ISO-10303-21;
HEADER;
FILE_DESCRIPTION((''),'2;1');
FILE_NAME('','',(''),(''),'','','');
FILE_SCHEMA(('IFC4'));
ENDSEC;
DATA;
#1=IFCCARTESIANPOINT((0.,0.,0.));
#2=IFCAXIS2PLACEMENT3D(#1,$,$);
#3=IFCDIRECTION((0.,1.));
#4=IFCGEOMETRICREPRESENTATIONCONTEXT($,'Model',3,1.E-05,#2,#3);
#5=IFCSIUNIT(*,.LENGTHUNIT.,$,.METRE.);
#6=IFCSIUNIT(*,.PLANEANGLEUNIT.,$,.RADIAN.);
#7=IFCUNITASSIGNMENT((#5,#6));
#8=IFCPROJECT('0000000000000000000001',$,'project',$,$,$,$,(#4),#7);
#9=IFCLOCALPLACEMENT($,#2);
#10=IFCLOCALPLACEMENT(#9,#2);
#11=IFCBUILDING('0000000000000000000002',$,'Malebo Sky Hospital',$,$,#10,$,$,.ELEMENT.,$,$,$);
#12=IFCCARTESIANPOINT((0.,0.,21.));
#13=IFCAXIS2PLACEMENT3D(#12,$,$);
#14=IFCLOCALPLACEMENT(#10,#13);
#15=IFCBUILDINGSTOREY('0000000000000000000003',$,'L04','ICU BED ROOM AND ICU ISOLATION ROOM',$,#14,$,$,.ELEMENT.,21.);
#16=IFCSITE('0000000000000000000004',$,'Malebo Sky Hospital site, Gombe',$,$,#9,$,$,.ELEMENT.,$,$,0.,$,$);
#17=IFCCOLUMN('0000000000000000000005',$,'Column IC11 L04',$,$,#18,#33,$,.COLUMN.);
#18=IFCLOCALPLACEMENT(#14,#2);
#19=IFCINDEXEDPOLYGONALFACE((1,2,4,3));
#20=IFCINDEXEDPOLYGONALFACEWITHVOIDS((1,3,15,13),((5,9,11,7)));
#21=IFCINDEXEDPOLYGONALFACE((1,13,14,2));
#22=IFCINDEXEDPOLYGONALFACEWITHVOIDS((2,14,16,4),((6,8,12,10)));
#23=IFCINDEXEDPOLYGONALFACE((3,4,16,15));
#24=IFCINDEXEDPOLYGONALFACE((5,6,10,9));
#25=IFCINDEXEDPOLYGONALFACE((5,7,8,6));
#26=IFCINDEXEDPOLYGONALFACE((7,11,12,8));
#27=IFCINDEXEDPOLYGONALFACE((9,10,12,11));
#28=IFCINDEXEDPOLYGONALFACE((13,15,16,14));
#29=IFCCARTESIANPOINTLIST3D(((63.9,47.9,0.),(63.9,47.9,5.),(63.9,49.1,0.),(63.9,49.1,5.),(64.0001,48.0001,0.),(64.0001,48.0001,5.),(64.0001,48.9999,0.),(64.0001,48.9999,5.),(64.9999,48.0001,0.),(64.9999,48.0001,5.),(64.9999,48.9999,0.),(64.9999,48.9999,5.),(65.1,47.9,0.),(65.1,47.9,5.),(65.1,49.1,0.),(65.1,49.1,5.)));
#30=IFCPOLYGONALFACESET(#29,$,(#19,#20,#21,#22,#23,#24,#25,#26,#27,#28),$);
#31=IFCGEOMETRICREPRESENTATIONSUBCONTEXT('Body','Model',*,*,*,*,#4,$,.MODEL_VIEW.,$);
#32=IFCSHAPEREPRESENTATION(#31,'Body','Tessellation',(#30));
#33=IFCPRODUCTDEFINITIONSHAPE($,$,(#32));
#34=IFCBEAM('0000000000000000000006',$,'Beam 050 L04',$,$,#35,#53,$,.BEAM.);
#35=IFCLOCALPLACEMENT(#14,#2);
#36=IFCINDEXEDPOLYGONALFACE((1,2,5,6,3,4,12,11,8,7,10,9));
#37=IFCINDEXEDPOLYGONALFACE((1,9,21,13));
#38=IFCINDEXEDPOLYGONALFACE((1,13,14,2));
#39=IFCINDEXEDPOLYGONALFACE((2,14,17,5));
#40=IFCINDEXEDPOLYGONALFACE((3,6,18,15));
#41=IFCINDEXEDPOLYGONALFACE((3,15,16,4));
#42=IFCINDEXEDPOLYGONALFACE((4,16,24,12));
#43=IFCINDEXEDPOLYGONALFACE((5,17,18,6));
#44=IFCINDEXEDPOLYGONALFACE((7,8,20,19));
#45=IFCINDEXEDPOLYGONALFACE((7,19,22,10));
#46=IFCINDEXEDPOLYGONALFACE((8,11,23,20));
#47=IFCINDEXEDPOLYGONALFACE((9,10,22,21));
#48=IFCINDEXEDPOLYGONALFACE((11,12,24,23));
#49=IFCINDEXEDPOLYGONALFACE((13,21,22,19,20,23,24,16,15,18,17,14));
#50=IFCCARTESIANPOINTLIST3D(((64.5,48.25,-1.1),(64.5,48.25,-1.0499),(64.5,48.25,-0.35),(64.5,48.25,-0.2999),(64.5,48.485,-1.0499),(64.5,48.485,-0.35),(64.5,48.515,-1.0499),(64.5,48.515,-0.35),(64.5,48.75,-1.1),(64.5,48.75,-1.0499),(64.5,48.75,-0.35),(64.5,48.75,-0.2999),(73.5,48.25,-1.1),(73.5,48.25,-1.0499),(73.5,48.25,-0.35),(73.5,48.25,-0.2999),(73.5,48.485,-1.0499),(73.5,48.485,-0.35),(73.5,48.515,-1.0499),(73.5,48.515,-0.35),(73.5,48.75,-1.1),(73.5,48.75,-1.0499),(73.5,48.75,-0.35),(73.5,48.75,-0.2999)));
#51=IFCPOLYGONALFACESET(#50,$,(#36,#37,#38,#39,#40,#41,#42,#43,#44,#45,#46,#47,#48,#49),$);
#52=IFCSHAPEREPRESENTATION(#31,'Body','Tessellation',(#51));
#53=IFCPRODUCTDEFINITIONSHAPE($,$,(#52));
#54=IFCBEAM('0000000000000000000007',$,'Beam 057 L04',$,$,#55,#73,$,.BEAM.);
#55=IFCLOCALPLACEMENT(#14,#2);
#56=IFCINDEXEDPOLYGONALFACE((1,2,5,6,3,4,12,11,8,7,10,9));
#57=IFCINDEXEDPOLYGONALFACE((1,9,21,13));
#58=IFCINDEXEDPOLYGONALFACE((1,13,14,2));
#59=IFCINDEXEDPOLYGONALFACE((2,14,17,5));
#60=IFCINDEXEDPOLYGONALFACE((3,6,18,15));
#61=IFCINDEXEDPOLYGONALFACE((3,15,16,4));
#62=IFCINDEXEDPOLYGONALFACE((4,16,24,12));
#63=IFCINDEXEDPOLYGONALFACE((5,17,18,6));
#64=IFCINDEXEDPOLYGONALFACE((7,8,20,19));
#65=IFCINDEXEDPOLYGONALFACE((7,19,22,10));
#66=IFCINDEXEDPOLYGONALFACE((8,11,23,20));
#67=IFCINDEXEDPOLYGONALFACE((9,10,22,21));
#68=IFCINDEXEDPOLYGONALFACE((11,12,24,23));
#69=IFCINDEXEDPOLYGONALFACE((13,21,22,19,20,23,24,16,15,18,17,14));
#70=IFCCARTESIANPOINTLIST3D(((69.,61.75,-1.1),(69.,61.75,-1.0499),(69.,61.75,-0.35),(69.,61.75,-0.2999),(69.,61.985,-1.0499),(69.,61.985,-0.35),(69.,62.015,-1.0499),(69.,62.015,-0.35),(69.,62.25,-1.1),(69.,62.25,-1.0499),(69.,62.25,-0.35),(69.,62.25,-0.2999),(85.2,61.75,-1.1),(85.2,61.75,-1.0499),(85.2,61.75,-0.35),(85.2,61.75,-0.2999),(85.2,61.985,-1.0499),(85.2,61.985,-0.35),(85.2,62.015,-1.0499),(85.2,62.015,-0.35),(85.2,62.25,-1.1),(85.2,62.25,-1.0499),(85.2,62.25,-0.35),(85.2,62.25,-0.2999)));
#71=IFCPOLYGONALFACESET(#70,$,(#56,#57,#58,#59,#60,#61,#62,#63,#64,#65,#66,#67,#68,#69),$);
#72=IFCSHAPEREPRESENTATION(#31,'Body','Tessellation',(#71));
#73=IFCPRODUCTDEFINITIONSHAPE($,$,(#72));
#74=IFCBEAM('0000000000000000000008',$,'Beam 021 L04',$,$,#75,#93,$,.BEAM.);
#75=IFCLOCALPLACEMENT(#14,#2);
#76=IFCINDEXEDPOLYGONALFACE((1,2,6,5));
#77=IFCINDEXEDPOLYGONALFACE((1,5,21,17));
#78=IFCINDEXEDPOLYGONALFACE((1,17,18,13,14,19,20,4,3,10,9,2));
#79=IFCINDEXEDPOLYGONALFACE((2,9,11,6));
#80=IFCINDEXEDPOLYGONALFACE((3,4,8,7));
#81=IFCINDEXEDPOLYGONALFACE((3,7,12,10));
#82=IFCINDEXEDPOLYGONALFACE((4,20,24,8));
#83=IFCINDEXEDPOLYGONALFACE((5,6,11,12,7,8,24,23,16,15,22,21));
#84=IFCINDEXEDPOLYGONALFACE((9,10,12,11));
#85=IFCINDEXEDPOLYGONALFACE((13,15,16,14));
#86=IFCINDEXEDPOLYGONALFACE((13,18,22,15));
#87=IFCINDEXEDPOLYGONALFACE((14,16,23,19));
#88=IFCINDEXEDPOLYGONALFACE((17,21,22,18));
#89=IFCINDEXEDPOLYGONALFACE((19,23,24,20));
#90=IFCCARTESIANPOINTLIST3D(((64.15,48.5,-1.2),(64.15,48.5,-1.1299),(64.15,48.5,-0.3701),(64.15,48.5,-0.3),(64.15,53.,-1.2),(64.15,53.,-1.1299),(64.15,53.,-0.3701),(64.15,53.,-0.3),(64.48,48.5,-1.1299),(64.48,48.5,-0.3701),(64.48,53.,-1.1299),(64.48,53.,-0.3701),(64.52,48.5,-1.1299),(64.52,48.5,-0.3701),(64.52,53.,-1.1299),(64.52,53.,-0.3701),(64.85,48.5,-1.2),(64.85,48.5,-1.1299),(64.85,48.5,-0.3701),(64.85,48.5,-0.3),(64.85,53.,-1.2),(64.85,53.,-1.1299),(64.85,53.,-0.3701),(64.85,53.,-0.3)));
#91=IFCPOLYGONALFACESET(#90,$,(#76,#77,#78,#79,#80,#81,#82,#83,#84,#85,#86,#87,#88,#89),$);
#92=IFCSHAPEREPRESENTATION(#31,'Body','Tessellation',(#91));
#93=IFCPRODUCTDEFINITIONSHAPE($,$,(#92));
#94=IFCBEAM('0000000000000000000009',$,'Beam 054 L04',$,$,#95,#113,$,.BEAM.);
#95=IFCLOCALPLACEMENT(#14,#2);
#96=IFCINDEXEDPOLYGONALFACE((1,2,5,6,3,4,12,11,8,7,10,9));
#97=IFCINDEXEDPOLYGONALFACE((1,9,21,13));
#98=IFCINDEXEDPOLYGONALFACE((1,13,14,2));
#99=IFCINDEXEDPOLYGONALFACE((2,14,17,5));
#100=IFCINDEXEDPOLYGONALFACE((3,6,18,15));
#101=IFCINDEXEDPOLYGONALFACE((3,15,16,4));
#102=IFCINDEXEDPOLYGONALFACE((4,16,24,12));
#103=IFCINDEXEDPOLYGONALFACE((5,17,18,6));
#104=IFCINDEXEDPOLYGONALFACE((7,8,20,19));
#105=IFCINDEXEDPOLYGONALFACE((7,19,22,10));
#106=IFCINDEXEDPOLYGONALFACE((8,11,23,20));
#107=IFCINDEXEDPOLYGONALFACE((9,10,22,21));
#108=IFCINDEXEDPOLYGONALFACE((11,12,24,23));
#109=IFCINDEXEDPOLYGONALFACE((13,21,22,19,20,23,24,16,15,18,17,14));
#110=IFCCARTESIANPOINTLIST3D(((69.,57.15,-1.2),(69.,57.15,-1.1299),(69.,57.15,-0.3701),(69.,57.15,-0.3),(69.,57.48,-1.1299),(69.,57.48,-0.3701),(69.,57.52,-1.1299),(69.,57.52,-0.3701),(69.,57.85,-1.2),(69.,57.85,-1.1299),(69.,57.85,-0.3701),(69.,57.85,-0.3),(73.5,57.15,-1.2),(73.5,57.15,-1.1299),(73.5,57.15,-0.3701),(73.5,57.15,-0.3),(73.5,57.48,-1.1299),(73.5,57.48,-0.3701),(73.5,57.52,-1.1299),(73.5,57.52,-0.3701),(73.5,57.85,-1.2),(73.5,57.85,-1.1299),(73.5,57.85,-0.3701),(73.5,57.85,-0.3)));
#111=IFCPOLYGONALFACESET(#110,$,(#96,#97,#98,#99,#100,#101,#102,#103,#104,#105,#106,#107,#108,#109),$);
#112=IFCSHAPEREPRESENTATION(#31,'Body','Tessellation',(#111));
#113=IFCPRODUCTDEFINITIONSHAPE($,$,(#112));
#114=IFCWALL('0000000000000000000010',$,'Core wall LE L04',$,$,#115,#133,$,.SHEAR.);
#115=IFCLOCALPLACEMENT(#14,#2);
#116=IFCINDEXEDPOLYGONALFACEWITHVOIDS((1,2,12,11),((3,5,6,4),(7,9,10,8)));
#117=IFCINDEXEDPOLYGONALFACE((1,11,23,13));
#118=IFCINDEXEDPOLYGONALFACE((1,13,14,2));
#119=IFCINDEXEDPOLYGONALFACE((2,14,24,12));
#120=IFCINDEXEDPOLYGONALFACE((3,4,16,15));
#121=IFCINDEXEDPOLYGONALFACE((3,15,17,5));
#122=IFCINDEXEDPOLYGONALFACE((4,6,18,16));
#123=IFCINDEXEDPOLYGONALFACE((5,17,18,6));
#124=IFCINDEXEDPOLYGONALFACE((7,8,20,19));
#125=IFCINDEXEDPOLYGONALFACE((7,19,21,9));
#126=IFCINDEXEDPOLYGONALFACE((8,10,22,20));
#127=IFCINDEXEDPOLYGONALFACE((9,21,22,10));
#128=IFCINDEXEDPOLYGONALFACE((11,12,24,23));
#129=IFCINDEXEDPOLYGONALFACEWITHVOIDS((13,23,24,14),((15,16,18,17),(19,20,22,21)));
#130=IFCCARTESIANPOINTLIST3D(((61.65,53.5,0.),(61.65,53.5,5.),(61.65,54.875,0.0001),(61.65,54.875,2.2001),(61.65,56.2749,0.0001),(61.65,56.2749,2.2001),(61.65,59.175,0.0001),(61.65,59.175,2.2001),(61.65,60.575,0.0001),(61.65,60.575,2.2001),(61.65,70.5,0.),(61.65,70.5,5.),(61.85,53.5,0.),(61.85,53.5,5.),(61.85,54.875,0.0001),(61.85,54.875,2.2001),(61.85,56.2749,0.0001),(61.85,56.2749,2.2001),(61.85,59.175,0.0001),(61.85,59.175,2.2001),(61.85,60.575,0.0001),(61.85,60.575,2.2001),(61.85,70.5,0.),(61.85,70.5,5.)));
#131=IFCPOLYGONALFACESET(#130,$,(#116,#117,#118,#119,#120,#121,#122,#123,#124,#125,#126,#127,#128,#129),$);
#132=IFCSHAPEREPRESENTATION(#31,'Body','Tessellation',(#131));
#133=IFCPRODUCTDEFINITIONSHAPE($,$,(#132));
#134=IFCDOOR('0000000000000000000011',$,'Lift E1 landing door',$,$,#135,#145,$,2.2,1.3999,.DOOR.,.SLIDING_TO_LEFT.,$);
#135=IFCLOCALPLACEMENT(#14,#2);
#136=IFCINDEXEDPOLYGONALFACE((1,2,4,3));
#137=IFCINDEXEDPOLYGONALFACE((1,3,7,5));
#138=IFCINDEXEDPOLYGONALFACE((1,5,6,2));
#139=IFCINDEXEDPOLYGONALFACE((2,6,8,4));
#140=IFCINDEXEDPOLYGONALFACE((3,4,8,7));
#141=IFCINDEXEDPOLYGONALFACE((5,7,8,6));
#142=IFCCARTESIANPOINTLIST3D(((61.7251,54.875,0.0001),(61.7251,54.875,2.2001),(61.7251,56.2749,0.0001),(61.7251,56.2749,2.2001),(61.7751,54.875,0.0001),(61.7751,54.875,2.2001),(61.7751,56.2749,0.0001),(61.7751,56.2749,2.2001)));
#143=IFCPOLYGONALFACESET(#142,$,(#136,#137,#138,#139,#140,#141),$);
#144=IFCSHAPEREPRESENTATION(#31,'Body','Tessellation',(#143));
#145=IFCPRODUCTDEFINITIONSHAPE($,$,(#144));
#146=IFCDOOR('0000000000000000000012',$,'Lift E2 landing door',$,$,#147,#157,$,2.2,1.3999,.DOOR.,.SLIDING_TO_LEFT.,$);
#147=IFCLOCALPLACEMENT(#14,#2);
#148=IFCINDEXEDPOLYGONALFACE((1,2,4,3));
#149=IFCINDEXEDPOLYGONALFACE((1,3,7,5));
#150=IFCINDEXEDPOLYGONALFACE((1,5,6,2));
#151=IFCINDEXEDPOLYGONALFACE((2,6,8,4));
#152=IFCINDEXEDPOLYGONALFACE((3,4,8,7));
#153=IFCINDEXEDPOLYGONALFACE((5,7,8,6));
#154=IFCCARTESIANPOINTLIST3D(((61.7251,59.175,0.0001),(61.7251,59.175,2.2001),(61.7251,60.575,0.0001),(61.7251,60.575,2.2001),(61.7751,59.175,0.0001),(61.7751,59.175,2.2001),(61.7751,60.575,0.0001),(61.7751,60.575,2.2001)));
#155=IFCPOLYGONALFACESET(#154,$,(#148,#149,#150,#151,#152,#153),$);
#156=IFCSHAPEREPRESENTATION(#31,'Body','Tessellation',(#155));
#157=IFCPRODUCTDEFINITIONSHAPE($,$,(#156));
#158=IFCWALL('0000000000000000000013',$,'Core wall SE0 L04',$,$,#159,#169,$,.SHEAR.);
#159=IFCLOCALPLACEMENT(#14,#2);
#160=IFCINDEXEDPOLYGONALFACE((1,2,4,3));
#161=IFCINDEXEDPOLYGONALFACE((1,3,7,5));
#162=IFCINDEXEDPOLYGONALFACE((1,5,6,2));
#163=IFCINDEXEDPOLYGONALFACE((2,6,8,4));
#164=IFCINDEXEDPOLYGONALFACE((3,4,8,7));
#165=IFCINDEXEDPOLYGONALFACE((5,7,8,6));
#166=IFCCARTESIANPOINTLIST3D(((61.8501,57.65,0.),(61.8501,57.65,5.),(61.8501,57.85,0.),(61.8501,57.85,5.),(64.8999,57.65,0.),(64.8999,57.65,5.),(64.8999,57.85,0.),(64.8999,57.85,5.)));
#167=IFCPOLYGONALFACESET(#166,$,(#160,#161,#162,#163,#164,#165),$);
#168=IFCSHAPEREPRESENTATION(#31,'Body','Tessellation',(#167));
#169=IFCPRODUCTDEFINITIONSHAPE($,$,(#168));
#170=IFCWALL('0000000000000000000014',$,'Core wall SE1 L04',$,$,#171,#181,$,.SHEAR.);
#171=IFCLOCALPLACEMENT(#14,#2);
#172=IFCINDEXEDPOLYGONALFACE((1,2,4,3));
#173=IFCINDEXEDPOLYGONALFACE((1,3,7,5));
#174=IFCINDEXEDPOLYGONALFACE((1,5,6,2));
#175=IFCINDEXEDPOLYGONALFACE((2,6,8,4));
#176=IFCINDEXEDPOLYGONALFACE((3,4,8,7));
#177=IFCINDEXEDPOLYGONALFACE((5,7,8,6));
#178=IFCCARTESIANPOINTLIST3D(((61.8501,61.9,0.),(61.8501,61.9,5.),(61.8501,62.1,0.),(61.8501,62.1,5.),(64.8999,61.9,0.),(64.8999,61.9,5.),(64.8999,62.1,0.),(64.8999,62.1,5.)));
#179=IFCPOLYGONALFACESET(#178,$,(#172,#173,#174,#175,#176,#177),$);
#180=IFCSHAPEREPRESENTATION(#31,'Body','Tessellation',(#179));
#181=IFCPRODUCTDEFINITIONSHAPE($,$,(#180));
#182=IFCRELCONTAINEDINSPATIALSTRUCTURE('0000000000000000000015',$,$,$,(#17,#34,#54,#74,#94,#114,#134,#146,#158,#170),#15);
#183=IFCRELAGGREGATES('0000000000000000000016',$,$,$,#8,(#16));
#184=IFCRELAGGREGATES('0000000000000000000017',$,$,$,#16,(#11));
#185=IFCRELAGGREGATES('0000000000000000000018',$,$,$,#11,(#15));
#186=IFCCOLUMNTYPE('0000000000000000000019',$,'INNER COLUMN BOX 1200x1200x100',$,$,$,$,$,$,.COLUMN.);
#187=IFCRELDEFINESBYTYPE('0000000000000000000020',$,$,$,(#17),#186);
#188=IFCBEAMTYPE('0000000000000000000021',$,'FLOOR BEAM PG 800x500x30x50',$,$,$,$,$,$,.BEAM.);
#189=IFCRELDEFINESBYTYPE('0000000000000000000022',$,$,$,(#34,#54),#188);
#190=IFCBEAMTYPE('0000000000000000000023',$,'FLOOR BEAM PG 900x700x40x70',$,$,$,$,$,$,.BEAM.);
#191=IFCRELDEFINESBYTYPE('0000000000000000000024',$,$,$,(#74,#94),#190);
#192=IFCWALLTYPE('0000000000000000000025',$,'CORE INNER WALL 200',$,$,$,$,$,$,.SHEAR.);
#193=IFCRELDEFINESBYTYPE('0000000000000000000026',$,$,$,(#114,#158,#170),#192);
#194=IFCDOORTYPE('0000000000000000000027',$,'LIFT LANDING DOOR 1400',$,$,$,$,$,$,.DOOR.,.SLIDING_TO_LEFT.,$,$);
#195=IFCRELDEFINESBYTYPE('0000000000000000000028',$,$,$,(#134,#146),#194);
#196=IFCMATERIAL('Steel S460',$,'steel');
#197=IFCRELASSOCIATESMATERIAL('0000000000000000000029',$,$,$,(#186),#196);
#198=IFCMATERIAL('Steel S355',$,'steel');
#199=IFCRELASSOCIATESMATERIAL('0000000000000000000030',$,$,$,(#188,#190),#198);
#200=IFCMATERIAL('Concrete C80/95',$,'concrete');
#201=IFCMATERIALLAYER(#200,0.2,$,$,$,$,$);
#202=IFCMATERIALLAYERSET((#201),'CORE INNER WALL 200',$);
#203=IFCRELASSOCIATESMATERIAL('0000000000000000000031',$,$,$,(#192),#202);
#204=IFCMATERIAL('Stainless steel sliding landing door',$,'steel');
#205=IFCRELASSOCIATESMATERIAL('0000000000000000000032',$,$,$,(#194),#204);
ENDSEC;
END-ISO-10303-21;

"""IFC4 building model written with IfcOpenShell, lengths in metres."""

from ifc_helpers import new_model, si_unit, direction, frame, frame_2d, origin, origin_2d, place, context, subcontext, project, spatial, rectangle, hollow_rectangle, i_section, extrude, material, layer, layer_set, material_profile, profile_set, type_object, element, fill, save


model = new_model("IFC4")

# Units and contexts
model_context = context("Model", 3, precision=1e-05, world=origin(), true_north=direction((0.0, 1.0)))
body_context = subcontext(model_context, "Body", "Model", "MODEL_VIEW")
ifc_project = project(units=[si_unit("LENGTHUNIT", "METRE"), si_unit("PLANEANGLEUNIT", "RADIAN")], contexts=[model_context])

# Site, building, storey
site_placement = place(None, origin())
site = spatial("IfcSite", under=ifc_project, at=site_placement, Name="Malebo Sky Hospital site, Gombe", CompositionType="ELEMENT", RefElevation=0.0)
building_placement = place(site_placement, origin())
building = spatial("IfcBuilding", under=site, at=building_placement, Name="Malebo Sky Hospital", CompositionType="ELEMENT")
storey_placement = place(building_placement, frame((0.0, 0.0, 21.0)))
storey = spatial("IfcBuildingStorey", under=building, at=storey_placement, Name="L04", Description="ICU BED ROOM AND ICU ISOLATION ROOM", CompositionType="ELEMENT", Elevation=21.0)

# Column
ifc_material_1 = material(Name="Steel S460", Category="steel")
ifc_material_profile_1 = material_profile(ifc_material_1, hollow_rectangle(XDim=1.2, YDim=1.2, WallThickness=0.1001, at=origin_2d()), Name="BOX 1200x1200x100")
ifc_profile_set_1 = profile_set([ifc_material_profile_1], Name="Steel S460")
column_type = type_object("IfcColumnType", Name="INNER COLUMN BOX 1200x1200x100", PredefinedType="COLUMN", material=ifc_profile_set_1)
column_placement = place(storey_placement, frame((64.5, 48.5, 0.0), z_axis=(0.0, 0.0, 1.0), x_axis=(1.0, 0.0, 0.0)))
element("IfcColumn", 1, at=column_placement, inside=storey, type_object=column_type, Name="Column IC11 L04", PredefinedType="COLUMN", context=body_context, shape_type="SweptSolid", body=[
    extrude(hollow_rectangle(XDim=1.2, YDim=1.2, WallThickness=0.1001, at=origin_2d()), origin(), (0.0, 0.0, 1.0), 5.0),
])

# Beams
ifc_material_2 = material(Name="Steel S355", Category="steel")
ifc_material_profile_2 = material_profile(ifc_material_2, i_section(OverallWidth=0.5, OverallDepth=0.8, WebThickness=0.03, FlangeThickness=0.05, at=origin_2d()), Name="PG 800x500x30x50")
ifc_profile_set_2 = profile_set([ifc_material_profile_2], Name="Steel S355")
beam_type_1 = type_object("IfcBeamType", Name="FLOOR BEAM PG 800x500x30x50", PredefinedType="BEAM", material=ifc_profile_set_2)
beam_1_placement = place(storey_placement, frame((64.5, 48.5, -0.7), z_axis=(1.0, 0.0, 0.0), x_axis=(0.0, 1.0, 0.0)))
element("IfcBeam", 2, at=beam_1_placement, inside=storey, type_object=beam_type_1, Name="Beam 050 L04", PredefinedType="BEAM", context=body_context, shape_type="SweptSolid", body=[
    extrude(i_section(OverallWidth=0.5, OverallDepth=0.8, WebThickness=0.03, FlangeThickness=0.05, at=origin_2d()), origin(), (0.0, 0.0, 1.0), 9.0),
])
beam_2_placement = place(storey_placement, frame((69.0, 62.0, -0.7), z_axis=(1.0, 0.0, 0.0), x_axis=(0.0, 1.0, 0.0)))
element("IfcBeam", 3, at=beam_2_placement, inside=storey, type_object=beam_type_1, Name="Beam 057 L04", PredefinedType="BEAM", context=body_context, shape_type="SweptSolid", body=[
    extrude(i_section(OverallWidth=0.5, OverallDepth=0.8, WebThickness=0.03, FlangeThickness=0.05, at=origin_2d()), origin(), (0.0, 0.0, 1.0), 16.2),
])
ifc_material_profile_3 = material_profile(ifc_material_2, i_section(OverallWidth=0.7, OverallDepth=0.8999, WebThickness=0.04, FlangeThickness=0.0701, at=origin_2d()), Name="PG 900x700x40x70")
ifc_profile_set_3 = profile_set([ifc_material_profile_3], Name="Steel S355")
beam_type_2 = type_object("IfcBeamType", Name="FLOOR BEAM PG 900x700x40x70", PredefinedType="BEAM", material=ifc_profile_set_3)
for number, where, z_axis, x_axis, name in (
    (4, (64.5, 48.5, -0.75), (0.0, 1.0, 0.0), (-1.0, 0.0, 0.0), "Beam 021 L04"),
    (5, (69.0, 57.5, -0.75), (1.0, 0.0, 0.0), (0.0, 1.0, 0.0), "Beam 054 L04"),
):
    element("IfcBeam", number, at=place(storey_placement, frame(where, z_axis=z_axis, x_axis=x_axis)), inside=storey, type_object=beam_type_2, Name=name, PredefinedType="BEAM", context=body_context, shape_type="SweptSolid", body=[
        extrude(i_section(OverallWidth=0.7, OverallDepth=0.8999, WebThickness=0.04, FlangeThickness=0.0701, at=origin_2d()), origin(), (0.0, 0.0, 1.0), 4.5),
    ])

# Wall, openings, doors
ifc_material_3 = material(Name="Concrete C80/95", Category="concrete")
ifc_layer_1 = layer(ifc_material_3, 0.2)
ifc_layer_set_1 = layer_set([ifc_layer_1], Name="CORE INNER WALL 200")
wall_type_1 = type_object("IfcWallType", Name="CORE INNER WALL 200", PredefinedType="SHEAR", material=ifc_layer_set_1)
wall_1_placement = place(storey_placement, frame((61.75, 53.5, 0.0), z_axis=(0.0, 0.0, 1.0), x_axis=(0.0, 1.0, 0.0)))
wall_1 = element("IfcWall", 6, at=wall_1_placement, inside=storey, type_object=wall_type_1, Name="Core wall LE L04", PredefinedType="SHEAR", context=body_context, shape_type="SweptSolid", body=[
    extrude(rectangle(XDim=17.0, YDim=0.2, at=frame_2d((8.5, 0.0))), origin(), (0.0, 0.0, 1.0), 5.0),
])
opening_1_placement = place(wall_1_placement, frame((1.375, 0.0, 0.0)))
opening_1 = element("IfcOpeningElement", 7, at=opening_1_placement, cuts=wall_1, PredefinedType="OPENING", context=body_context, shape_type="SweptSolid", body=[
    extrude(rectangle(XDim=1.3999, YDim=2.2, at=frame_2d((0.7, 1.1001))), frame((0.0, 0.1099, 0.0), z_axis=(0.0, -1.0, 0.0), x_axis=(1.0, 0.0, 0.0)), (0.0, 0.0, 1.0), 0.22),
])
opening_2_placement = place(wall_1_placement, frame((5.675, 0.0, 0.0)))
opening_2 = element("IfcOpeningElement", 8, at=opening_2_placement, cuts=wall_1, PredefinedType="OPENING", context=body_context, shape_type="SweptSolid", body=[
    extrude(rectangle(XDim=1.3999, YDim=2.2, at=frame_2d((0.7, 1.1001))), frame((0.0, 0.1099, 0.0), z_axis=(0.0, -1.0, 0.0), x_axis=(1.0, 0.0, 0.0)), (0.0, 0.0, 1.0), 0.22),
])
ifc_material_4 = material(Name="Stainless steel sliding landing door", Category="steel")
door_type_1 = type_object("IfcDoorType", Name="LIFT LANDING DOOR 1400", OperationType="SLIDING_TO_LEFT", PredefinedType="DOOR", material=ifc_material_4)
door_1_placement = place(opening_1_placement, origin())
door_1 = element("IfcDoor", 9, at=door_1_placement, inside=storey, type_object=door_type_1, Name="Lift E1 landing door", OperationType="SLIDING_TO_LEFT", OverallHeight=2.2, OverallWidth=1.3999, PredefinedType="DOOR", context=body_context, shape_type="SweptSolid", body=[
    extrude(rectangle(XDim=1.3999, YDim=2.2, at=frame_2d((0.7, 1.1001))), frame((0.0, 0.0249, 0.0), z_axis=(0.0, -1.0, 0.0), x_axis=(1.0, 0.0, 0.0)), (0.0, 0.0, 1.0), 0.05),
])
fill(opening_1, door_1)
door_2_placement = place(opening_2_placement, origin())
door_2 = element("IfcDoor", 10, at=door_2_placement, inside=storey, type_object=door_type_1, Name="Lift E2 landing door", OperationType="SLIDING_TO_LEFT", OverallHeight=2.2, OverallWidth=1.3999, PredefinedType="DOOR", context=body_context, shape_type="SweptSolid", body=[
    extrude(rectangle(XDim=1.3999, YDim=2.2, at=frame_2d((0.7, 1.1001))), frame((0.0, 0.0249, 0.0), z_axis=(0.0, -1.0, 0.0), x_axis=(1.0, 0.0, 0.0)), (0.0, 0.0, 1.0), 0.05),
])
fill(opening_2, door_2)

# Walls
for number, where, z_axis, x_axis, name in (
    (11, (61.8501, 57.75, 0.0), (0.0, 0.0, 1.0), (1.0, 0.0, 0.0), "Core wall SE0 L04"),
    (12, (61.8501, 62.0, 0.0), (0.0, 0.0, 1.0), (1.0, 0.0, 0.0), "Core wall SE1 L04"),
):
    element("IfcWall", number, at=place(storey_placement, frame(where, z_axis=z_axis, x_axis=x_axis)), inside=storey, type_object=wall_type_1, Name=name, PredefinedType="SHEAR", context=body_context, shape_type="SweptSolid", body=[
        extrude(rectangle(XDim=3.0498, YDim=0.2, at=frame_2d((1.5249, 0.0))), origin(), (0.0, 0.0, 1.0), 5.0),
    ])

save(model, "model.ifc")
